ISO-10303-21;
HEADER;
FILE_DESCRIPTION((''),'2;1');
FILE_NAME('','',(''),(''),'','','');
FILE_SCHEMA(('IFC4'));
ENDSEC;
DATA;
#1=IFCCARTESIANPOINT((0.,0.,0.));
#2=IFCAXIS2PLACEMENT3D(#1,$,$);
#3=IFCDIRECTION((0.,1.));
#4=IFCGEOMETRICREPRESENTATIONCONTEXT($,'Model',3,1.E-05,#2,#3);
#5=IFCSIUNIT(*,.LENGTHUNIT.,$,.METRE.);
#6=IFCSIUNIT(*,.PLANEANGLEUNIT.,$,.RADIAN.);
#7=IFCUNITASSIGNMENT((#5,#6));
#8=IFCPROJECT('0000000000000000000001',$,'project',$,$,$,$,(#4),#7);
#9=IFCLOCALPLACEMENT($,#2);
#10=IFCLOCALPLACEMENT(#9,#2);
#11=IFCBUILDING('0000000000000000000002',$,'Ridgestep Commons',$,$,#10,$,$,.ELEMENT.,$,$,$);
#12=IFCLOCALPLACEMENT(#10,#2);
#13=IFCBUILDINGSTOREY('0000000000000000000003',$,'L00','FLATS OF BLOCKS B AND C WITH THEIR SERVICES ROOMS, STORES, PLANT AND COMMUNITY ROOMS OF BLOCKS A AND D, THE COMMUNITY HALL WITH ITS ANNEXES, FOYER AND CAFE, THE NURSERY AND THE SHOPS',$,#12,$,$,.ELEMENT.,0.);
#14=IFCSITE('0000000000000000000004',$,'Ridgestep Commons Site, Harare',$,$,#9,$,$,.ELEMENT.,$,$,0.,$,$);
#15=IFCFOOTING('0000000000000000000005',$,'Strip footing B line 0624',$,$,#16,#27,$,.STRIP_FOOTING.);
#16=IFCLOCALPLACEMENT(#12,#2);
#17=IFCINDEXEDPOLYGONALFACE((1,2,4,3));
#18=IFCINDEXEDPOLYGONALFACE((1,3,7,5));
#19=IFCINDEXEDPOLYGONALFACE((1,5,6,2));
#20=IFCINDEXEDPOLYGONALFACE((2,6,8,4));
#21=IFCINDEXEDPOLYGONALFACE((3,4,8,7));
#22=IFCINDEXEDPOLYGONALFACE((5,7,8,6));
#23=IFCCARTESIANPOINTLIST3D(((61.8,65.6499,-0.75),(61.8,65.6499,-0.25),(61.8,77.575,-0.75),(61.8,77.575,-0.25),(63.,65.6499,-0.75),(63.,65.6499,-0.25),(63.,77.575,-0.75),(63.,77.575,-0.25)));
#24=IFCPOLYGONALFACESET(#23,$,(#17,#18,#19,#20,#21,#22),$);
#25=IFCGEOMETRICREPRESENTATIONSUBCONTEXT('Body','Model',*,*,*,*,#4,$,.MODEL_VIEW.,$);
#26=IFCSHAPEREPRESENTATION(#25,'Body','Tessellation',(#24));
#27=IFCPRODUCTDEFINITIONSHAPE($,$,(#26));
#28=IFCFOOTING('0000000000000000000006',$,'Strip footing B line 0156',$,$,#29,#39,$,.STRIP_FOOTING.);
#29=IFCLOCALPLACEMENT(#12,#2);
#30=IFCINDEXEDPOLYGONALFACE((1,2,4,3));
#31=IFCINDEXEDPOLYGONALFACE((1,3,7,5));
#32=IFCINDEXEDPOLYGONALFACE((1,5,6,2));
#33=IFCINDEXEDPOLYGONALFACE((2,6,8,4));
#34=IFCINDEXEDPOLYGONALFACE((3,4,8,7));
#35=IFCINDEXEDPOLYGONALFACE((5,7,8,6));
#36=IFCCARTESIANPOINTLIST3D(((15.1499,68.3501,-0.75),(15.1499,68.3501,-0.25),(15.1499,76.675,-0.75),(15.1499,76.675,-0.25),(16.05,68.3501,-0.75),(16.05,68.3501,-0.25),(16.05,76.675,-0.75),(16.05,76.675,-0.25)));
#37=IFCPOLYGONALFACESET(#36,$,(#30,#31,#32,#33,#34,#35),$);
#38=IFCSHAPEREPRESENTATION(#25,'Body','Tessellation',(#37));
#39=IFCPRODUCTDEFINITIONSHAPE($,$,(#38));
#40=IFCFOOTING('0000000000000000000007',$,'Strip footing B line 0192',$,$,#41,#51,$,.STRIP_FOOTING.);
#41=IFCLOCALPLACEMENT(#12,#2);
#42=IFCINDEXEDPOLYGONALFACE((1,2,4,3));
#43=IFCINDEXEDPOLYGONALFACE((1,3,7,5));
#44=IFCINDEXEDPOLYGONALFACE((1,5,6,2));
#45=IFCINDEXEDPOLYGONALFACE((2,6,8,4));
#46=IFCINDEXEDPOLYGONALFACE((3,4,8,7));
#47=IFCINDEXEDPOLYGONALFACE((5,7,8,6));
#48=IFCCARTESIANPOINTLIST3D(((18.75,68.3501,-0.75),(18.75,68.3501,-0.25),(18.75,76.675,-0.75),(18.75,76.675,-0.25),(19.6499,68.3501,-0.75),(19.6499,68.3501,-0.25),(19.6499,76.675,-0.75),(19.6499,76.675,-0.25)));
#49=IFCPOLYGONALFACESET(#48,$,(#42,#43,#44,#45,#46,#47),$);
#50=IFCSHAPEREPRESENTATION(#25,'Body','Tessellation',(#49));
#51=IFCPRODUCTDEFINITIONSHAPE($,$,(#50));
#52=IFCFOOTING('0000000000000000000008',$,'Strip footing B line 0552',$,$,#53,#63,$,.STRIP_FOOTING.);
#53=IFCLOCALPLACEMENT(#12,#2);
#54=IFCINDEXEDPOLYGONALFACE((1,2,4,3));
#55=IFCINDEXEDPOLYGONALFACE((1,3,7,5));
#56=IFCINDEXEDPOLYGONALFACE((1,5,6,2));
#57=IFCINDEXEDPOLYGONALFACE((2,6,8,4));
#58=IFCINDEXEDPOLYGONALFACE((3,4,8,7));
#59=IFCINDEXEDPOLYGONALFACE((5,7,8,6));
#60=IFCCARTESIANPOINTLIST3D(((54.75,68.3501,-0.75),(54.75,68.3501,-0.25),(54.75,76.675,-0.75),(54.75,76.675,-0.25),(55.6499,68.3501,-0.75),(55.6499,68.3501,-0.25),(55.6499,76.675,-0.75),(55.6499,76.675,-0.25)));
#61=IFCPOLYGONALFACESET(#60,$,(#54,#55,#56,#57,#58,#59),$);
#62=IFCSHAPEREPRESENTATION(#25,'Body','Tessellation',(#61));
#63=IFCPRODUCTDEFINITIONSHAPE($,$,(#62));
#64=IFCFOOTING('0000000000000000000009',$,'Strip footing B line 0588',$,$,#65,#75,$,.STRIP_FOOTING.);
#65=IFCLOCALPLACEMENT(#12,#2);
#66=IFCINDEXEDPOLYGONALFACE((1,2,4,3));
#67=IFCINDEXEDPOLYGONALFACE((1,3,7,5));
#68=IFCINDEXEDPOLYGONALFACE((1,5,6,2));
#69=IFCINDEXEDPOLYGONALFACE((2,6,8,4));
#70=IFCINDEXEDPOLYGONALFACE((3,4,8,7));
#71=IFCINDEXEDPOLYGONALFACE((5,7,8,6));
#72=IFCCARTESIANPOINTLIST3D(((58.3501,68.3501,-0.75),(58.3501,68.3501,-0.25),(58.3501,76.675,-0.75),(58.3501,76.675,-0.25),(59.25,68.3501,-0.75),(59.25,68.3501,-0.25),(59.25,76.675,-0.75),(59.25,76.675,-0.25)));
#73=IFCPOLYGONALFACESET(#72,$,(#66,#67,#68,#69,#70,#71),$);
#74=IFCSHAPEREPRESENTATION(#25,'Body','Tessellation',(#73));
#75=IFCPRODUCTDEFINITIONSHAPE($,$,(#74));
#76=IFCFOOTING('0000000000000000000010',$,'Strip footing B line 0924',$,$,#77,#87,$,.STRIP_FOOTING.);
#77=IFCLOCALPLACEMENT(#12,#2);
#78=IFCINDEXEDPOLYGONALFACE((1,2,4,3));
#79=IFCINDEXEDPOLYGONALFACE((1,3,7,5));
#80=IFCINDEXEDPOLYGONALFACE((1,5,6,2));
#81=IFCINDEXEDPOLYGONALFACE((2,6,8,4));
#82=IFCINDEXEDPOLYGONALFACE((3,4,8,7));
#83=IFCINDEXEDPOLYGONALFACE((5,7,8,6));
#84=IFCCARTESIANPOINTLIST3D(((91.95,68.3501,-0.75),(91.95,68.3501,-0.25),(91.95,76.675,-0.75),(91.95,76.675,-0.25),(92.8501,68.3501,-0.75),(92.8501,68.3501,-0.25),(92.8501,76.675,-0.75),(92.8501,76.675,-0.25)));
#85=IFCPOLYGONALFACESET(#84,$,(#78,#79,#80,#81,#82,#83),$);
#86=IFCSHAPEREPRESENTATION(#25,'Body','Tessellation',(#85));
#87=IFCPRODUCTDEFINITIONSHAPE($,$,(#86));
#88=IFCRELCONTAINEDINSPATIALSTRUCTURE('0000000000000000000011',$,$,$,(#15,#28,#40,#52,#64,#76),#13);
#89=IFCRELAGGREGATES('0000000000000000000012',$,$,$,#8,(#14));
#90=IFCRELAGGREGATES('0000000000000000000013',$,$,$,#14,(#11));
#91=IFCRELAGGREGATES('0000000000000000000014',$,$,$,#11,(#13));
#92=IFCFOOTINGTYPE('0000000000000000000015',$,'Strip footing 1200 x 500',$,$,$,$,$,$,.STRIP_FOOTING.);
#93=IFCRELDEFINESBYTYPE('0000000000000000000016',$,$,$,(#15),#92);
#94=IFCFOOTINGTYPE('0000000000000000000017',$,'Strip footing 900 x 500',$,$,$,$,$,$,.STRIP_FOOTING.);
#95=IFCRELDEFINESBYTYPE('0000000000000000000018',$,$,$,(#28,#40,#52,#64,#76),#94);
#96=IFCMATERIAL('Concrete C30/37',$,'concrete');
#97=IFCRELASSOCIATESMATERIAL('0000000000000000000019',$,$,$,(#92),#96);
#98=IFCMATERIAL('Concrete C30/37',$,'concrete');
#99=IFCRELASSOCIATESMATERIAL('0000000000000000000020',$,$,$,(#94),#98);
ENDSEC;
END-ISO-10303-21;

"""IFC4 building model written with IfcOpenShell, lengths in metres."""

from ifc_helpers import new_model, si_unit, direction, frame, origin, place, context, subcontext, project, spatial, polyline, outline, extrude, material, type_object, element, save


model = new_model("IFC4")

# Units and contexts
model_context = context("Model", 3, precision=1e-05, world=origin(), true_north=direction((0.0, 1.0)))
body_context = subcontext(model_context, "Body", "Model", "MODEL_VIEW")
ifc_project = project(units=[si_unit("LENGTHUNIT", "METRE"), si_unit("PLANEANGLEUNIT", "RADIAN")], contexts=[model_context])

# Site, building, storey
site_placement = place(None, origin())
site = spatial("IfcSite", under=ifc_project, at=site_placement, Name="Ridgestep Commons Site, Harare", CompositionType="ELEMENT", RefElevation=0.0)
building_placement = place(site_placement, origin())
building = spatial("IfcBuilding", under=site, at=building_placement, Name="Ridgestep Commons", CompositionType="ELEMENT")
storey_placement = place(building_placement, origin())
storey = spatial("IfcBuildingStorey", under=building, at=storey_placement, Name="L00", Description="FLATS OF BLOCKS B AND C WITH THEIR SERVICES ROOMS, STORES, PLANT AND COMMUNITY ROOMS OF BLOCKS A AND D, THE COMMUNITY HALL WITH ITS ANNEXES, FOYER AND CAFE, THE NURSERY AND THE SHOPS", CompositionType="ELEMENT", Elevation=0.0)

# Footings
ifc_material_1 = material(Name="Concrete C30/37", Category="concrete")
footing_type_1 = type_object("IfcFootingType", Name="Strip footing 1200 x 500", PredefinedType="STRIP_FOOTING", material=ifc_material_1)
footing_1_placement = place(storey_placement, frame((0.0, 0.0, -0.75)))
element("IfcFooting", 1, at=footing_1_placement, inside=storey, type_object=footing_type_1, Name="Strip footing B line 0624", PredefinedType="STRIP_FOOTING", context=body_context, shape_type="SweptSolid", body=[
    extrude(outline(polyline([(63.0, 65.6499), (63.0, 77.575), (61.8, 77.575), (61.8, 65.6499), (63.0, 65.6499)])), origin(), (0.0, 0.0, 1.0), 0.5),
])
ifc_material_2 = material(Name="Concrete C30/37", Category="concrete")
footing_type_2 = type_object("IfcFootingType", Name="Strip footing 900 x 500", PredefinedType="STRIP_FOOTING", material=ifc_material_2)
footing_2_placement = place(storey_placement, frame((0.0, 0.0, -0.75)))
element("IfcFooting", 2, at=footing_2_placement, inside=storey, type_object=footing_type_2, Name="Strip footing B line 0156", PredefinedType="STRIP_FOOTING", context=body_context, shape_type="SweptSolid", body=[
    extrude(outline(polyline([(16.05, 68.3501), (16.05, 76.675), (15.1499, 76.675), (15.1499, 68.3501), (16.05, 68.3501)])), origin(), (0.0, 0.0, 1.0), 0.5),
])
footing_3_placement = place(storey_placement, frame((0.0, 0.0, -0.75)))
element("IfcFooting", 3, at=footing_3_placement, inside=storey, type_object=footing_type_2, Name="Strip footing B line 0192", PredefinedType="STRIP_FOOTING", context=body_context, shape_type="SweptSolid", body=[
    extrude(outline(polyline([(19.6499, 68.3501), (19.6499, 76.675), (18.75, 76.675), (18.75, 68.3501), (19.6499, 68.3501)])), origin(), (0.0, 0.0, 1.0), 0.5),
])
footing_4_placement = place(storey_placement, frame((0.0, 0.0, -0.75)))
element("IfcFooting", 4, at=footing_4_placement, inside=storey, type_object=footing_type_2, Name="Strip footing B line 0552", PredefinedType="STRIP_FOOTING", context=body_context, shape_type="SweptSolid", body=[
    extrude(outline(polyline([(55.6499, 68.3501), (55.6499, 76.675), (54.75, 76.675), (54.75, 68.3501), (55.6499, 68.3501)])), origin(), (0.0, 0.0, 1.0), 0.5),
])
footing_5_placement = place(storey_placement, frame((0.0, 0.0, -0.75)))
element("IfcFooting", 5, at=footing_5_placement, inside=storey, type_object=footing_type_2, Name="Strip footing B line 0588", PredefinedType="STRIP_FOOTING", context=body_context, shape_type="SweptSolid", body=[
    extrude(outline(polyline([(59.25, 68.3501), (59.25, 76.675), (58.3501, 76.675), (58.3501, 68.3501), (59.25, 68.3501)])), origin(), (0.0, 0.0, 1.0), 0.5),
])
footing_6_placement = place(storey_placement, frame((0.0, 0.0, -0.75)))
element("IfcFooting", 6, at=footing_6_placement, inside=storey, type_object=footing_type_2, Name="Strip footing B line 0924", PredefinedType="STRIP_FOOTING", context=body_context, shape_type="SweptSolid", body=[
    extrude(outline(polyline([(92.8501, 68.3501), (92.8501, 76.675), (91.95, 76.675), (91.95, 68.3501), (92.8501, 68.3501)])), origin(), (0.0, 0.0, 1.0), 0.5),
])

save(model, "model.ifc")
